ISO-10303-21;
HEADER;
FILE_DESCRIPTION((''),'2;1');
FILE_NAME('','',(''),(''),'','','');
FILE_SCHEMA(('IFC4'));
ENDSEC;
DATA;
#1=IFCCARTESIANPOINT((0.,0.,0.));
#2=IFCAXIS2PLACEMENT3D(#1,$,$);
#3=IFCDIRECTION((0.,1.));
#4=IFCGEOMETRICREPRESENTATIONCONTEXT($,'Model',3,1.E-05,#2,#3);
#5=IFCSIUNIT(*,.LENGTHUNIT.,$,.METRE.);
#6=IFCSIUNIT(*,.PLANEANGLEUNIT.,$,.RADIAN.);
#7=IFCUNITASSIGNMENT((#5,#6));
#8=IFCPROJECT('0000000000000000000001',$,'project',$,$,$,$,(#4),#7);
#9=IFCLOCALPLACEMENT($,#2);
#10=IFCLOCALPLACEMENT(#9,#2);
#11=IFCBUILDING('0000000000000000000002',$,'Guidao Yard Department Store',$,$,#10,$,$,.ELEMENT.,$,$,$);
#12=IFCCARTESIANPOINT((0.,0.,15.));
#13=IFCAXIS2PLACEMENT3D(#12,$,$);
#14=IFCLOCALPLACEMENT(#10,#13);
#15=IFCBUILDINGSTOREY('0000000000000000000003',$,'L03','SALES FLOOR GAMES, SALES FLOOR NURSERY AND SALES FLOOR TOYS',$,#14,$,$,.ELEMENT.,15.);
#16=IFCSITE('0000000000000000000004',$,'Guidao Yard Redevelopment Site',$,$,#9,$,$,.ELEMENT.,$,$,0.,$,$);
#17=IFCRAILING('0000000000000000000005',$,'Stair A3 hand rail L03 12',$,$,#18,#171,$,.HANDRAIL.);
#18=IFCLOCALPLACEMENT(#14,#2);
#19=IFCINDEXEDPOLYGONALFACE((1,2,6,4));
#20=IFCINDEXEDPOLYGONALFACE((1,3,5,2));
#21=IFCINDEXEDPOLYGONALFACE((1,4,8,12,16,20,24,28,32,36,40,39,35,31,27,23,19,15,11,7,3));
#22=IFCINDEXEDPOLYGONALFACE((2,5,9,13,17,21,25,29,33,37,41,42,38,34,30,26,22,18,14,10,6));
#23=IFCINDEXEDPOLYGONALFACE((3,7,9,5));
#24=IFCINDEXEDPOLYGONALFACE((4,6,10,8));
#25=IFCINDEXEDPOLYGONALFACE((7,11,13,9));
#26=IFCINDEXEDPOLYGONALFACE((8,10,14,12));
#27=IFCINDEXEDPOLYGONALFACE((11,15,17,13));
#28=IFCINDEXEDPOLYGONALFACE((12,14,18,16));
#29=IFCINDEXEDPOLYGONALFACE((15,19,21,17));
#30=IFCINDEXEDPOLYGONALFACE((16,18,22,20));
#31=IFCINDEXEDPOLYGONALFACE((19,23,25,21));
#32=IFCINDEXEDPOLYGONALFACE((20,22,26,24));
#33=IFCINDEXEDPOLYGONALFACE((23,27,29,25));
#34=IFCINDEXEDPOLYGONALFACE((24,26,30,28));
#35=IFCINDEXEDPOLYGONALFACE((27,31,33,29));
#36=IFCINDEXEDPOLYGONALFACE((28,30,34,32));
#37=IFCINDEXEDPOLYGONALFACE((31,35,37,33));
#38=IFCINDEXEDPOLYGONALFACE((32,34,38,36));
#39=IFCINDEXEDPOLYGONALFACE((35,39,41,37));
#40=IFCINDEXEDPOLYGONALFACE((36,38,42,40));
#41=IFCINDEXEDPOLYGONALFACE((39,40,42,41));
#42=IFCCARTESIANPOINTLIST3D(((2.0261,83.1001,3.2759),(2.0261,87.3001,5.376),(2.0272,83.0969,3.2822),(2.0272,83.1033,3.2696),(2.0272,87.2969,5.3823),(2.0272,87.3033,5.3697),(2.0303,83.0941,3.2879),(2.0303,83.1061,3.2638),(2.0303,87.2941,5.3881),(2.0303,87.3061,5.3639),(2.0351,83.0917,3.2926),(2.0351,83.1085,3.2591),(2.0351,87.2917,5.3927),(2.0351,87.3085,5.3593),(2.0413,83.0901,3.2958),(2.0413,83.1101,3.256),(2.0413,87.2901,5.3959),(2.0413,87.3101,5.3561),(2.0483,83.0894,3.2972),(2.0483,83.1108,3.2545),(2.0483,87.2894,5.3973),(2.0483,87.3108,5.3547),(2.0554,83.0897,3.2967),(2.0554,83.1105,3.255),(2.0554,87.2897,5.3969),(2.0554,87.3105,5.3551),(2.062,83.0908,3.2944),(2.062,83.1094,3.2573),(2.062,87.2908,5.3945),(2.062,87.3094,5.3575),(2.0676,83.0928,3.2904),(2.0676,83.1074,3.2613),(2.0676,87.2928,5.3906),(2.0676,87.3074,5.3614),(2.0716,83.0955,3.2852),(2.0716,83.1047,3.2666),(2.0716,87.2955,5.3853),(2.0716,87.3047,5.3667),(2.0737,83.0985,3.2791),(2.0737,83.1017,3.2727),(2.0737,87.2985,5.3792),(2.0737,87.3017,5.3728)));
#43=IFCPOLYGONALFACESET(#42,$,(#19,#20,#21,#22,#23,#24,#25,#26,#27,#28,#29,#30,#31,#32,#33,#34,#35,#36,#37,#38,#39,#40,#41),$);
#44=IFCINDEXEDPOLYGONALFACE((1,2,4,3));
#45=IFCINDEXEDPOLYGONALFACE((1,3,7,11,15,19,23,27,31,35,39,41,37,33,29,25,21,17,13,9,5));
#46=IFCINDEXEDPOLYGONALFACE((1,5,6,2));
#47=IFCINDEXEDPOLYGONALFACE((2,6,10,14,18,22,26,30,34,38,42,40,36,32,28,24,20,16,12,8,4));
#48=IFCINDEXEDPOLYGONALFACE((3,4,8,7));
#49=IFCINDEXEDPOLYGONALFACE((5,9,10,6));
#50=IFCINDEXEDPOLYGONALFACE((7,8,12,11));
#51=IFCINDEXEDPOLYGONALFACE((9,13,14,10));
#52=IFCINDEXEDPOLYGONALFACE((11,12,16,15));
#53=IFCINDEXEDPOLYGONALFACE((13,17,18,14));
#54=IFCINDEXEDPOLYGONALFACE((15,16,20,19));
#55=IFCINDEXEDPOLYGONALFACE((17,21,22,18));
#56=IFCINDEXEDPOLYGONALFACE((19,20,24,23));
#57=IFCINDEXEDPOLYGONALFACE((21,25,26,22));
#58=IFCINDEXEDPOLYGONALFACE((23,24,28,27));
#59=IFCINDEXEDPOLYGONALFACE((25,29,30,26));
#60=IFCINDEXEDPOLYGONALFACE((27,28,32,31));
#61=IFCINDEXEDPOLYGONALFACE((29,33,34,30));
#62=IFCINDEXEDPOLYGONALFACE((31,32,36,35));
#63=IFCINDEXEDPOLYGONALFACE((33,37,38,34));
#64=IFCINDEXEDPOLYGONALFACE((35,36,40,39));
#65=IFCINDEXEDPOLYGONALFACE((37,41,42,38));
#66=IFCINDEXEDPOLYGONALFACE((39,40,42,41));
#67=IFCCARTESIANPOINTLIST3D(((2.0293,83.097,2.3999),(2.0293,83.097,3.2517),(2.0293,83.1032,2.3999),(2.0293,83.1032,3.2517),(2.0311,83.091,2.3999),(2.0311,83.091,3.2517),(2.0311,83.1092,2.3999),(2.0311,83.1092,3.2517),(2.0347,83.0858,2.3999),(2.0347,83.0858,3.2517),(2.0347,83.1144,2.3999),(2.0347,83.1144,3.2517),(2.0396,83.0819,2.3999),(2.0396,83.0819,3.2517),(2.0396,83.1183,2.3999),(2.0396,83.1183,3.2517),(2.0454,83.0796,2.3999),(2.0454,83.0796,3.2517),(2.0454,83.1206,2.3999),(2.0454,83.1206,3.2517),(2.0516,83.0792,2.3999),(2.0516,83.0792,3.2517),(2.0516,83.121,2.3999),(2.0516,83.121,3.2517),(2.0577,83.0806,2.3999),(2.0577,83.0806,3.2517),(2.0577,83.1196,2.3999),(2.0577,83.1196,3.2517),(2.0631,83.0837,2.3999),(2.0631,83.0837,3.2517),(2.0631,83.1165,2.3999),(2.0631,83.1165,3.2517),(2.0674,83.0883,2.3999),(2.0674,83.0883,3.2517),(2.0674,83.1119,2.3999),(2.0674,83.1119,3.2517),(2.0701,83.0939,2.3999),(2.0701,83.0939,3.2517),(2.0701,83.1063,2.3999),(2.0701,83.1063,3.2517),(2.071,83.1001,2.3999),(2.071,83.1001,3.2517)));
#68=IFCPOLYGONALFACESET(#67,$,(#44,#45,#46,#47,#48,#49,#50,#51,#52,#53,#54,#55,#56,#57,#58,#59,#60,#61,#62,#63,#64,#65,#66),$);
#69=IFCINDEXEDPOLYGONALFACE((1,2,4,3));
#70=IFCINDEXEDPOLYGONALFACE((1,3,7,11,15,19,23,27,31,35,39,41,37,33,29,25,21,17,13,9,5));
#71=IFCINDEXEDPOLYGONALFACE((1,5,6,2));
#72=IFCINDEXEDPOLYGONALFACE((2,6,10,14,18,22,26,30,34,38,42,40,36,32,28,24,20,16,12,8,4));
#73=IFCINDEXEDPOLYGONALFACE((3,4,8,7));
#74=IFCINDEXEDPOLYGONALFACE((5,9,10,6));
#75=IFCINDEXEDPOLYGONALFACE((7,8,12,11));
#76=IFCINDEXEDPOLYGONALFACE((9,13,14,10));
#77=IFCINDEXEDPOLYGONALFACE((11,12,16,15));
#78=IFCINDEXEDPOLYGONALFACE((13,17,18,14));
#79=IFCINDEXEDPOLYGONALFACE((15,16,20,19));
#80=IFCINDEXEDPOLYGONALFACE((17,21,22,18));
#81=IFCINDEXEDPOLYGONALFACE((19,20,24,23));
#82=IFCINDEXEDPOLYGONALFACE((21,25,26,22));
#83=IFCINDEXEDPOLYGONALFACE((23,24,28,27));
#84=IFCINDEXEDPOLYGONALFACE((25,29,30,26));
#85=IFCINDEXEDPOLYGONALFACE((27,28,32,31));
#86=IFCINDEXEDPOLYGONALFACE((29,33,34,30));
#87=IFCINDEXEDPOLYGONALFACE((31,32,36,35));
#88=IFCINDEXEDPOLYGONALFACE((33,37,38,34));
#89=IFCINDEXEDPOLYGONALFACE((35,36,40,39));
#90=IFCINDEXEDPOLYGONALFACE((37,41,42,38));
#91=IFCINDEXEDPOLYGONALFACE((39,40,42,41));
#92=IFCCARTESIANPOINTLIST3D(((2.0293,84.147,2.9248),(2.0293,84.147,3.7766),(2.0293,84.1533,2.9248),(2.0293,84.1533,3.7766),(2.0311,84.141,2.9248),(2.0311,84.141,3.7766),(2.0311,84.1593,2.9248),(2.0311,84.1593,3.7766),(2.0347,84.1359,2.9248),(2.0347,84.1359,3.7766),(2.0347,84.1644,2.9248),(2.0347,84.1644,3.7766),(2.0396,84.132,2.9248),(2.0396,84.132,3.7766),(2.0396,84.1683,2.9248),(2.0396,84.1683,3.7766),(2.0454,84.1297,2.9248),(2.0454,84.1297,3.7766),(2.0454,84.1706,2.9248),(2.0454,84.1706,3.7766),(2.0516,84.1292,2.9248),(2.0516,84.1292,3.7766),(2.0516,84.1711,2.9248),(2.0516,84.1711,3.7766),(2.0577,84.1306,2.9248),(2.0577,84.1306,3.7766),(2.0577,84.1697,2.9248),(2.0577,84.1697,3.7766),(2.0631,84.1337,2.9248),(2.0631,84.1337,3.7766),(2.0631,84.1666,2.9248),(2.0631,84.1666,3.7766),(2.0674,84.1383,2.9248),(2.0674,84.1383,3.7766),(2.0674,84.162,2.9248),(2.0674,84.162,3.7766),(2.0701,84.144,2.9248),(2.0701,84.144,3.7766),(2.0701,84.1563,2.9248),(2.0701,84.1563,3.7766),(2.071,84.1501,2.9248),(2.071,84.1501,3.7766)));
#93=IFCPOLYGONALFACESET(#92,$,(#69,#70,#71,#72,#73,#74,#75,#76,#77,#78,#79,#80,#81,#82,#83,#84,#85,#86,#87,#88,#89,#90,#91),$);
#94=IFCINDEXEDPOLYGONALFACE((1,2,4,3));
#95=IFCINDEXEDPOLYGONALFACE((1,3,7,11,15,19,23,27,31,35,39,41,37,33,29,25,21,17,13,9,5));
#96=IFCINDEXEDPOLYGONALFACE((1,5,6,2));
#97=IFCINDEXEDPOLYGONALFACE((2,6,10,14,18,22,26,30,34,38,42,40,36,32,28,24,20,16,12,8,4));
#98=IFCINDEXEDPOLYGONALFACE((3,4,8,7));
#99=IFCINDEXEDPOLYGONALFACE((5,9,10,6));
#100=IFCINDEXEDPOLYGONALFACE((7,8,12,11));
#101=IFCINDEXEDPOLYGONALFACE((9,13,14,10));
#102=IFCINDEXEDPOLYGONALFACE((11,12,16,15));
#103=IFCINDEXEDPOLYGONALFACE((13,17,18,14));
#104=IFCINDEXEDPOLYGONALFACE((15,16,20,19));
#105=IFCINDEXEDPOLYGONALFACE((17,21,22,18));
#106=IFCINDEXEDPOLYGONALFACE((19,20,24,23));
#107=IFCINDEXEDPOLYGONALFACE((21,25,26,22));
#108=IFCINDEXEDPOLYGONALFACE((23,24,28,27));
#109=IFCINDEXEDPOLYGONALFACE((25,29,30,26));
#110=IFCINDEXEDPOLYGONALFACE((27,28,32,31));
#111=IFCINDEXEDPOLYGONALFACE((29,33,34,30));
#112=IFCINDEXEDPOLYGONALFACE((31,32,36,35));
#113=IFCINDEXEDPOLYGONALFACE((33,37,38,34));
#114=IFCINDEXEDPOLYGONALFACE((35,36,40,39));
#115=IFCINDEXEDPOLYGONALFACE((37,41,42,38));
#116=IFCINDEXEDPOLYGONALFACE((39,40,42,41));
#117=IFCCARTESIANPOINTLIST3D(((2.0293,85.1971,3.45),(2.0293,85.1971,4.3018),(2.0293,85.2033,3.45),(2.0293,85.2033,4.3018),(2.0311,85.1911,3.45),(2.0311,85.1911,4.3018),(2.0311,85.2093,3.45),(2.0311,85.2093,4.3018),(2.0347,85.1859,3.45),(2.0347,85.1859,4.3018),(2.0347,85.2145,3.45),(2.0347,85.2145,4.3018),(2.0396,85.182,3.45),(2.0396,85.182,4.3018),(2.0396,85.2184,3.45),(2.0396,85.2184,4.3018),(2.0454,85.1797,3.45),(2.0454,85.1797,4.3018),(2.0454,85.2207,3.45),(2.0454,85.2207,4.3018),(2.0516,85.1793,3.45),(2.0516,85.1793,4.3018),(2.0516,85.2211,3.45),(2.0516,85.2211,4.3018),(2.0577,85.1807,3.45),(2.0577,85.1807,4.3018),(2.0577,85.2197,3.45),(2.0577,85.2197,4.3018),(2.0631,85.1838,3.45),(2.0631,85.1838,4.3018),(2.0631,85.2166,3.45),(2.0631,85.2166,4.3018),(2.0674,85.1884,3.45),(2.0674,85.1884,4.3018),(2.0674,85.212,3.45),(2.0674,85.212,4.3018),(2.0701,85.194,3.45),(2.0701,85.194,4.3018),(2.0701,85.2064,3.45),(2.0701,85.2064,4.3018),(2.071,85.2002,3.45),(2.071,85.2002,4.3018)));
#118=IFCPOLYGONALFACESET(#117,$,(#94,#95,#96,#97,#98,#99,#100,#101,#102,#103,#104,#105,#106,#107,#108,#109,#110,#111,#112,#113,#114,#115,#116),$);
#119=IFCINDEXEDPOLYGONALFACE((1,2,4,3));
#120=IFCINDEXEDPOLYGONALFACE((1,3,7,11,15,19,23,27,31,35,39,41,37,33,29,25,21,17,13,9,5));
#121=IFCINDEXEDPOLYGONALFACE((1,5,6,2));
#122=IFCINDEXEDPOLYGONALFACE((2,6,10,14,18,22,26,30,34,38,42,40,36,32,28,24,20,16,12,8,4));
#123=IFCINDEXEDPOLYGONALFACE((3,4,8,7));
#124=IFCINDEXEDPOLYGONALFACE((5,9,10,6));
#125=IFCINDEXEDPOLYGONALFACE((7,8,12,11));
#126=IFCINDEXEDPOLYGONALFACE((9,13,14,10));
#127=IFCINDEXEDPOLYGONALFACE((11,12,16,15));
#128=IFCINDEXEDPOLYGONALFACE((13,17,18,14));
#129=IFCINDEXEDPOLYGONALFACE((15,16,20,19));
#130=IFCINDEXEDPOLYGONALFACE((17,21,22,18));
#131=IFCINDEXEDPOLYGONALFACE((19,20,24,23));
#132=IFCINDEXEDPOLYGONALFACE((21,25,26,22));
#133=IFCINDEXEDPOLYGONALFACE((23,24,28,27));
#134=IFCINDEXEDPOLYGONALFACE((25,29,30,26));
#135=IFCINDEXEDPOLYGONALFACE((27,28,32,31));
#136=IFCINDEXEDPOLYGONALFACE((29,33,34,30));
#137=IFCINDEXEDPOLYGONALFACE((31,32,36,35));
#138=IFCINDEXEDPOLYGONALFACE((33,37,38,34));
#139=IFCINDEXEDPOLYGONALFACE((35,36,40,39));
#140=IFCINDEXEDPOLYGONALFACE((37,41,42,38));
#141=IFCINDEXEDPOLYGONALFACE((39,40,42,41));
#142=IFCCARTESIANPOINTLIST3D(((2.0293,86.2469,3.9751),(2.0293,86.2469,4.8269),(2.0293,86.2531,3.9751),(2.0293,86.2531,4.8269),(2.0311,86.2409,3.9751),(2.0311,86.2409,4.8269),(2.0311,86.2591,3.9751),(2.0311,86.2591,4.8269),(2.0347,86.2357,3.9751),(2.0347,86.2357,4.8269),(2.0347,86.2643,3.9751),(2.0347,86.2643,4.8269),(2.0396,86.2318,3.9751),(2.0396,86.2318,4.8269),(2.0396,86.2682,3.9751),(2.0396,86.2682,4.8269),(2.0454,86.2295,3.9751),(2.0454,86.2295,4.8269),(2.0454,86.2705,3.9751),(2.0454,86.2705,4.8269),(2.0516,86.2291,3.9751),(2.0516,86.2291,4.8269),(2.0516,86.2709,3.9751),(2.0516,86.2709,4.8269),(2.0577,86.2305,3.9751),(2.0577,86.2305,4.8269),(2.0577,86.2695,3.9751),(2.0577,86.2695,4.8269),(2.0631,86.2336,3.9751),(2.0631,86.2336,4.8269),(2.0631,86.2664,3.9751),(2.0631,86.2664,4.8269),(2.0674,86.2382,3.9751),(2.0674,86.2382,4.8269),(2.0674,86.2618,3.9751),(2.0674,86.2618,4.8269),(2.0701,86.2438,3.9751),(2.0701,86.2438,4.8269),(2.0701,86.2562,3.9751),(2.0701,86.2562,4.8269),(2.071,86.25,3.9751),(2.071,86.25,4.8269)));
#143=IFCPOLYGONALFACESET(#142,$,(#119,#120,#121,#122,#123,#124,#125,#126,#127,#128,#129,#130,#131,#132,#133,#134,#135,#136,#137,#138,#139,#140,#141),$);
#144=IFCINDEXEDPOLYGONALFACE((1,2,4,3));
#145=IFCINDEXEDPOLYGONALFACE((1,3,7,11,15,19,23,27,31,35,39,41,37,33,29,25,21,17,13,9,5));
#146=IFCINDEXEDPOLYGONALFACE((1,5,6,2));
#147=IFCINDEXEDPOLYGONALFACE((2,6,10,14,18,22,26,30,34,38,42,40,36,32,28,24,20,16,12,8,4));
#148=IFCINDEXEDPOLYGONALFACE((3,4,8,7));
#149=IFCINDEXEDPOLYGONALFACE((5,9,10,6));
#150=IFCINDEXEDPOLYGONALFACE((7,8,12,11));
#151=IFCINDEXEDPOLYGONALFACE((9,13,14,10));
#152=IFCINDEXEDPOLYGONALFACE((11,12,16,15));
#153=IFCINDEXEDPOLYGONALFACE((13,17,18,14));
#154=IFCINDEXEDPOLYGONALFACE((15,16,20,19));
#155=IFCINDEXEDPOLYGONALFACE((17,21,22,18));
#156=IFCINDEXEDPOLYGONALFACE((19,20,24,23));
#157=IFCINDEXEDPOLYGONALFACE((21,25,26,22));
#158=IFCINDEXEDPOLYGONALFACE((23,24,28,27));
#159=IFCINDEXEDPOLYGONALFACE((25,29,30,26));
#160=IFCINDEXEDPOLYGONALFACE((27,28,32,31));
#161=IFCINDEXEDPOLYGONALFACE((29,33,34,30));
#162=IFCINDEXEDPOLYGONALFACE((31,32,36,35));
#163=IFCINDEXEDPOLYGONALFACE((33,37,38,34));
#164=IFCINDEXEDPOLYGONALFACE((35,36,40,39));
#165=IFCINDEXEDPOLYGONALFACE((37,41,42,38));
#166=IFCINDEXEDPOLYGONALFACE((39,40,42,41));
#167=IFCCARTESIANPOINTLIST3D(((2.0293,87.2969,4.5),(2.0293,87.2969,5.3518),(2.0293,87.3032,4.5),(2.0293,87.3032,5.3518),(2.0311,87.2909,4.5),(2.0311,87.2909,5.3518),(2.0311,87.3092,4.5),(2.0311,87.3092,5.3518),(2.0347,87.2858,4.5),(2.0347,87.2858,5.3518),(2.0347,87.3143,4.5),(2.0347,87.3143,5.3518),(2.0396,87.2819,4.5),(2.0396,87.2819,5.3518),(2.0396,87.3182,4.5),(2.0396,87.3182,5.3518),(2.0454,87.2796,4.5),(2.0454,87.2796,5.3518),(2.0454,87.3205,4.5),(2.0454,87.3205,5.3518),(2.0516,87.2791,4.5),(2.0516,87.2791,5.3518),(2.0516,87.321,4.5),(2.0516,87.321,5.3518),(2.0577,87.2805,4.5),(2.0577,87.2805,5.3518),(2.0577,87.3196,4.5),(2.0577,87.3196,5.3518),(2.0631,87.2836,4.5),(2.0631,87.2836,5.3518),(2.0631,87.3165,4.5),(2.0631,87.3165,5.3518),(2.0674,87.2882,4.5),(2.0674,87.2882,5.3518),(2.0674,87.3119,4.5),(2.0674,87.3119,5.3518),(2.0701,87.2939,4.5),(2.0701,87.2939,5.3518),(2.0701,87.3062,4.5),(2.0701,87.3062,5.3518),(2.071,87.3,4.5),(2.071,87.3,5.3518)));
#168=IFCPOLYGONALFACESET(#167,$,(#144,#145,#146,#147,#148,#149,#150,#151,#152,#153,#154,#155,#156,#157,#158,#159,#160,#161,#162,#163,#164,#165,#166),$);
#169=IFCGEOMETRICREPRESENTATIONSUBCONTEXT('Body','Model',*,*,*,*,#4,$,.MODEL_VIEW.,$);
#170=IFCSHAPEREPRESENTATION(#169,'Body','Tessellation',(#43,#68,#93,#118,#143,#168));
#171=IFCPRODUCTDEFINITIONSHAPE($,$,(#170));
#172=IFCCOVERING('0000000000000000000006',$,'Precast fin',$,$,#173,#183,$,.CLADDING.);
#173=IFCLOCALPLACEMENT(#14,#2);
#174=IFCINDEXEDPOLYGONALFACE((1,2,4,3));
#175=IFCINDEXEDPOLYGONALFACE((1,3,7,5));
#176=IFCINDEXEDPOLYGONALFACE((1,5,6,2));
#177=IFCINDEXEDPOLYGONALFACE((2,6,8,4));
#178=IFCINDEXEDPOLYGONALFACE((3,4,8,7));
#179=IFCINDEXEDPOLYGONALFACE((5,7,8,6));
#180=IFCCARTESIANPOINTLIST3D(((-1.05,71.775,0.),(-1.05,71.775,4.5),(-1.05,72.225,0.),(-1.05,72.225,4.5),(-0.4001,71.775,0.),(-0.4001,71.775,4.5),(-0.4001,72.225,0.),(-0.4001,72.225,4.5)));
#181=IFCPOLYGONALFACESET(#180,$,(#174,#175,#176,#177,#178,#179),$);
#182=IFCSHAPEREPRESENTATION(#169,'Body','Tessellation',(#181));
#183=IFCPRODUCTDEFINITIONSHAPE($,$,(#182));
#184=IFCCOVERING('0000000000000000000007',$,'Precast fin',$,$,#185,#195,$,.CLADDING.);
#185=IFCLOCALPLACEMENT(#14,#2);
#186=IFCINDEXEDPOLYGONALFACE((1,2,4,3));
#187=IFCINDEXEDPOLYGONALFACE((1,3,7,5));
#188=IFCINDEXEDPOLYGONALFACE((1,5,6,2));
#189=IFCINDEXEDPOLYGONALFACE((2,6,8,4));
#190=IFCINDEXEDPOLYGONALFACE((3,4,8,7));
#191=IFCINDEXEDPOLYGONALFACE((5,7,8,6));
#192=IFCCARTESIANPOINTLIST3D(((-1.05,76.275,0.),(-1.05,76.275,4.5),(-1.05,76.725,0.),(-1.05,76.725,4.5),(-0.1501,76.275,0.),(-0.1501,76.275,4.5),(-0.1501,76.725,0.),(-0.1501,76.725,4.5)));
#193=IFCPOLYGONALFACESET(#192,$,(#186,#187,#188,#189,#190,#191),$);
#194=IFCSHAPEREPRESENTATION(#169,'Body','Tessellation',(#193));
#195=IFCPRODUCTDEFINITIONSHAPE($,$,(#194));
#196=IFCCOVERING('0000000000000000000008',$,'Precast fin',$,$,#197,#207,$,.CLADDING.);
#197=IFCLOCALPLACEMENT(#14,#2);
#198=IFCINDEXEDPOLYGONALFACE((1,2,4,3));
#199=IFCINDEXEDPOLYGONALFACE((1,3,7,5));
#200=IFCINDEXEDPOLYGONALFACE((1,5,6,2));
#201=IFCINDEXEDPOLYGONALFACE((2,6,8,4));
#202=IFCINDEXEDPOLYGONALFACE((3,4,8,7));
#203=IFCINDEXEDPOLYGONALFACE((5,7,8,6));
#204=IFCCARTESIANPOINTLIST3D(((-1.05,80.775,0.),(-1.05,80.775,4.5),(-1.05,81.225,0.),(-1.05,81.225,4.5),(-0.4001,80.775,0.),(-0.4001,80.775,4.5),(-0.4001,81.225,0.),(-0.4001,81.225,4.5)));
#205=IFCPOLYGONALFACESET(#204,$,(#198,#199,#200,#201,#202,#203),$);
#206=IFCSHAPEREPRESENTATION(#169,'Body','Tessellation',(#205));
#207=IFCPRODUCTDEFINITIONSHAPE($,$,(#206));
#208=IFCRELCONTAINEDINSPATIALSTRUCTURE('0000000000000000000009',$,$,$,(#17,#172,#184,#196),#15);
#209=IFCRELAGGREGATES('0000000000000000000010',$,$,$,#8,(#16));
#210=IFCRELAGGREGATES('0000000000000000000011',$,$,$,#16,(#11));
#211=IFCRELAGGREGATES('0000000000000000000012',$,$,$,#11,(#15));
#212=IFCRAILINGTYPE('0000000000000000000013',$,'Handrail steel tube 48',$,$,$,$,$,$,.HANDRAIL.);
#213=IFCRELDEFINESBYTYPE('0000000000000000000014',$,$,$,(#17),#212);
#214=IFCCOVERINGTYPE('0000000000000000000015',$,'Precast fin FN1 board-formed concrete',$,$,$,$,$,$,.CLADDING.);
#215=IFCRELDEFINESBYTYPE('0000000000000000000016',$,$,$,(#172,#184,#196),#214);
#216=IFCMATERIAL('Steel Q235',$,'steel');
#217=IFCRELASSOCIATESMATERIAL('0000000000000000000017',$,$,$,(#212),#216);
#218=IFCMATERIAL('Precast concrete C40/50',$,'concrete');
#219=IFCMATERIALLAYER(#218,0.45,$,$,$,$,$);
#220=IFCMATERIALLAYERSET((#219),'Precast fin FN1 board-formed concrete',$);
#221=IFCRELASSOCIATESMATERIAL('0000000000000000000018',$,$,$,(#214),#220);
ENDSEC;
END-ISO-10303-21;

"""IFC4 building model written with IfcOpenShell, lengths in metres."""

from ifc_helpers import new_model, si_unit, direction, frame, origin, origin_2d, place, context, subcontext, project, spatial, rectangle, circle, extrude, material, layer, layer_set, type_object, element, save


model = new_model("IFC4")

# Units and contexts
model_context = context("Model", 3, precision=1e-05, world=origin(), true_north=direction((0.0, 1.0)))
body_context = subcontext(model_context, "Body", "Model", "MODEL_VIEW")
ifc_project = project(units=[si_unit("LENGTHUNIT", "METRE"), si_unit("PLANEANGLEUNIT", "RADIAN")], contexts=[model_context])

# Site, building, storey
site_placement = place(None, origin())
site = spatial("IfcSite", under=ifc_project, at=site_placement, Name="Guidao Yard Redevelopment Site", CompositionType="ELEMENT", RefElevation=0.0)
building_placement = place(site_placement, origin())
building = spatial("IfcBuilding", under=site, at=building_placement, Name="Guidao Yard Department Store", CompositionType="ELEMENT")
storey_placement = place(building_placement, frame((0.0, 0.0, 15.0)))
storey = spatial("IfcBuildingStorey", under=building, at=storey_placement, Name="L03", Description="SALES FLOOR GAMES, SALES FLOOR NURSERY AND SALES FLOOR TOYS", CompositionType="ELEMENT", Elevation=15.0)

# Railing
ifc_material_1 = material(Name="Steel Q235", Category="steel")
railing_type_1 = type_object("IfcRailingType", Name="Handrail steel tube 48", PredefinedType="HANDRAIL", material=ifc_material_1)
for number, where, name in (
    (1, (2.05, 83.1001, 2.3999), "Stair A3 hand rail L03 12"),
):
    element("IfcRailing", number, at=place(storey_placement, frame(where)), inside=storey, type_object=railing_type_1, Name=name, PredefinedType="HANDRAIL", context=body_context, shape_type="SweptSolid", body=[
        extrude(circle(Radius=0.0239, at=origin_2d()), frame((0.0, 0.0, 0.876), z_axis=(0.0, 0.894417, 0.447234), x_axis=(-1.0, 0.0, 0.0)), (0.0, 0.0, 1.0), 4.6958),
        extrude(circle(Radius=0.021, at=origin_2d()), origin(), (0.0, 0.0, 1.0), 0.8518),
        extrude(circle(Radius=0.021, at=origin_2d()), frame((0.0, 1.05, 0.5249)), (0.0, 0.0, 1.0), 0.8518),
        extrude(circle(Radius=0.021, at=origin_2d()), frame((0.0, 2.1001, 1.05)), (0.0, 0.0, 1.0), 0.8518),
        extrude(circle(Radius=0.021, at=origin_2d()), frame((0.0, 3.1499, 1.5752)), (0.0, 0.0, 1.0), 0.8518),
        extrude(circle(Radius=0.021, at=origin_2d()), frame((0.0, 4.2, 2.1001)), (0.0, 0.0, 1.0), 0.8518),
    ])

# Coverings
ifc_material_2 = material(Name="Precast concrete C40/50", Category="concrete")
ifc_layer_1 = layer(ifc_material_2, 0.45)
ifc_layer_set_1 = layer_set([ifc_layer_1], Name="Precast fin FN1 board-formed concrete")
covering_type = type_object("IfcCoveringType", Name="Precast fin FN1 board-formed concrete", PredefinedType="CLADDING", material=ifc_layer_set_1)
covering_1_placement = place(storey_placement, frame((-0.7251, 72.0, 0.0), z_axis=(0.0, 0.0, 1.0), x_axis=(0.0, 1.0, 0.0)))
element("IfcCovering", 2, at=covering_1_placement, inside=storey, type_object=covering_type, Name="Precast fin", PredefinedType="CLADDING", context=body_context, shape_type="SweptSolid", body=[
    extrude(rectangle(XDim=0.45, YDim=0.6499, at=origin_2d()), origin(), (0.0, 0.0, 1.0), 4.5),
])
covering_2_placement = place(storey_placement, frame((-0.6001, 76.5, 0.0), z_axis=(0.0, 0.0, 1.0), x_axis=(0.0, 1.0, 0.0)))
element("IfcCovering", 3, at=covering_2_placement, inside=storey, type_object=covering_type, Name="Precast fin", PredefinedType="CLADDING", context=body_context, shape_type="SweptSolid", body=[
    extrude(rectangle(XDim=0.45, YDim=0.8999, at=origin_2d()), origin(), (0.0, 0.0, 1.0), 4.5),
])
for number, where, z_axis, x_axis, name in (
    (4, (-0.7251, 81.0, 0.0), (0.0, 0.0, 1.0), (0.0, 1.0, 0.0), "Precast fin"),
):
    element("IfcCovering", number, at=place(storey_placement, frame(where, z_axis=z_axis, x_axis=x_axis)), inside=storey, type_object=covering_type, Name=name, PredefinedType="CLADDING", context=body_context, shape_type="SweptSolid", body=[
        extrude(rectangle(XDim=0.45, YDim=0.6499, at=origin_2d()), origin(), (0.0, 0.0, 1.0), 4.5),
    ])

save(model, "model.ifc")
